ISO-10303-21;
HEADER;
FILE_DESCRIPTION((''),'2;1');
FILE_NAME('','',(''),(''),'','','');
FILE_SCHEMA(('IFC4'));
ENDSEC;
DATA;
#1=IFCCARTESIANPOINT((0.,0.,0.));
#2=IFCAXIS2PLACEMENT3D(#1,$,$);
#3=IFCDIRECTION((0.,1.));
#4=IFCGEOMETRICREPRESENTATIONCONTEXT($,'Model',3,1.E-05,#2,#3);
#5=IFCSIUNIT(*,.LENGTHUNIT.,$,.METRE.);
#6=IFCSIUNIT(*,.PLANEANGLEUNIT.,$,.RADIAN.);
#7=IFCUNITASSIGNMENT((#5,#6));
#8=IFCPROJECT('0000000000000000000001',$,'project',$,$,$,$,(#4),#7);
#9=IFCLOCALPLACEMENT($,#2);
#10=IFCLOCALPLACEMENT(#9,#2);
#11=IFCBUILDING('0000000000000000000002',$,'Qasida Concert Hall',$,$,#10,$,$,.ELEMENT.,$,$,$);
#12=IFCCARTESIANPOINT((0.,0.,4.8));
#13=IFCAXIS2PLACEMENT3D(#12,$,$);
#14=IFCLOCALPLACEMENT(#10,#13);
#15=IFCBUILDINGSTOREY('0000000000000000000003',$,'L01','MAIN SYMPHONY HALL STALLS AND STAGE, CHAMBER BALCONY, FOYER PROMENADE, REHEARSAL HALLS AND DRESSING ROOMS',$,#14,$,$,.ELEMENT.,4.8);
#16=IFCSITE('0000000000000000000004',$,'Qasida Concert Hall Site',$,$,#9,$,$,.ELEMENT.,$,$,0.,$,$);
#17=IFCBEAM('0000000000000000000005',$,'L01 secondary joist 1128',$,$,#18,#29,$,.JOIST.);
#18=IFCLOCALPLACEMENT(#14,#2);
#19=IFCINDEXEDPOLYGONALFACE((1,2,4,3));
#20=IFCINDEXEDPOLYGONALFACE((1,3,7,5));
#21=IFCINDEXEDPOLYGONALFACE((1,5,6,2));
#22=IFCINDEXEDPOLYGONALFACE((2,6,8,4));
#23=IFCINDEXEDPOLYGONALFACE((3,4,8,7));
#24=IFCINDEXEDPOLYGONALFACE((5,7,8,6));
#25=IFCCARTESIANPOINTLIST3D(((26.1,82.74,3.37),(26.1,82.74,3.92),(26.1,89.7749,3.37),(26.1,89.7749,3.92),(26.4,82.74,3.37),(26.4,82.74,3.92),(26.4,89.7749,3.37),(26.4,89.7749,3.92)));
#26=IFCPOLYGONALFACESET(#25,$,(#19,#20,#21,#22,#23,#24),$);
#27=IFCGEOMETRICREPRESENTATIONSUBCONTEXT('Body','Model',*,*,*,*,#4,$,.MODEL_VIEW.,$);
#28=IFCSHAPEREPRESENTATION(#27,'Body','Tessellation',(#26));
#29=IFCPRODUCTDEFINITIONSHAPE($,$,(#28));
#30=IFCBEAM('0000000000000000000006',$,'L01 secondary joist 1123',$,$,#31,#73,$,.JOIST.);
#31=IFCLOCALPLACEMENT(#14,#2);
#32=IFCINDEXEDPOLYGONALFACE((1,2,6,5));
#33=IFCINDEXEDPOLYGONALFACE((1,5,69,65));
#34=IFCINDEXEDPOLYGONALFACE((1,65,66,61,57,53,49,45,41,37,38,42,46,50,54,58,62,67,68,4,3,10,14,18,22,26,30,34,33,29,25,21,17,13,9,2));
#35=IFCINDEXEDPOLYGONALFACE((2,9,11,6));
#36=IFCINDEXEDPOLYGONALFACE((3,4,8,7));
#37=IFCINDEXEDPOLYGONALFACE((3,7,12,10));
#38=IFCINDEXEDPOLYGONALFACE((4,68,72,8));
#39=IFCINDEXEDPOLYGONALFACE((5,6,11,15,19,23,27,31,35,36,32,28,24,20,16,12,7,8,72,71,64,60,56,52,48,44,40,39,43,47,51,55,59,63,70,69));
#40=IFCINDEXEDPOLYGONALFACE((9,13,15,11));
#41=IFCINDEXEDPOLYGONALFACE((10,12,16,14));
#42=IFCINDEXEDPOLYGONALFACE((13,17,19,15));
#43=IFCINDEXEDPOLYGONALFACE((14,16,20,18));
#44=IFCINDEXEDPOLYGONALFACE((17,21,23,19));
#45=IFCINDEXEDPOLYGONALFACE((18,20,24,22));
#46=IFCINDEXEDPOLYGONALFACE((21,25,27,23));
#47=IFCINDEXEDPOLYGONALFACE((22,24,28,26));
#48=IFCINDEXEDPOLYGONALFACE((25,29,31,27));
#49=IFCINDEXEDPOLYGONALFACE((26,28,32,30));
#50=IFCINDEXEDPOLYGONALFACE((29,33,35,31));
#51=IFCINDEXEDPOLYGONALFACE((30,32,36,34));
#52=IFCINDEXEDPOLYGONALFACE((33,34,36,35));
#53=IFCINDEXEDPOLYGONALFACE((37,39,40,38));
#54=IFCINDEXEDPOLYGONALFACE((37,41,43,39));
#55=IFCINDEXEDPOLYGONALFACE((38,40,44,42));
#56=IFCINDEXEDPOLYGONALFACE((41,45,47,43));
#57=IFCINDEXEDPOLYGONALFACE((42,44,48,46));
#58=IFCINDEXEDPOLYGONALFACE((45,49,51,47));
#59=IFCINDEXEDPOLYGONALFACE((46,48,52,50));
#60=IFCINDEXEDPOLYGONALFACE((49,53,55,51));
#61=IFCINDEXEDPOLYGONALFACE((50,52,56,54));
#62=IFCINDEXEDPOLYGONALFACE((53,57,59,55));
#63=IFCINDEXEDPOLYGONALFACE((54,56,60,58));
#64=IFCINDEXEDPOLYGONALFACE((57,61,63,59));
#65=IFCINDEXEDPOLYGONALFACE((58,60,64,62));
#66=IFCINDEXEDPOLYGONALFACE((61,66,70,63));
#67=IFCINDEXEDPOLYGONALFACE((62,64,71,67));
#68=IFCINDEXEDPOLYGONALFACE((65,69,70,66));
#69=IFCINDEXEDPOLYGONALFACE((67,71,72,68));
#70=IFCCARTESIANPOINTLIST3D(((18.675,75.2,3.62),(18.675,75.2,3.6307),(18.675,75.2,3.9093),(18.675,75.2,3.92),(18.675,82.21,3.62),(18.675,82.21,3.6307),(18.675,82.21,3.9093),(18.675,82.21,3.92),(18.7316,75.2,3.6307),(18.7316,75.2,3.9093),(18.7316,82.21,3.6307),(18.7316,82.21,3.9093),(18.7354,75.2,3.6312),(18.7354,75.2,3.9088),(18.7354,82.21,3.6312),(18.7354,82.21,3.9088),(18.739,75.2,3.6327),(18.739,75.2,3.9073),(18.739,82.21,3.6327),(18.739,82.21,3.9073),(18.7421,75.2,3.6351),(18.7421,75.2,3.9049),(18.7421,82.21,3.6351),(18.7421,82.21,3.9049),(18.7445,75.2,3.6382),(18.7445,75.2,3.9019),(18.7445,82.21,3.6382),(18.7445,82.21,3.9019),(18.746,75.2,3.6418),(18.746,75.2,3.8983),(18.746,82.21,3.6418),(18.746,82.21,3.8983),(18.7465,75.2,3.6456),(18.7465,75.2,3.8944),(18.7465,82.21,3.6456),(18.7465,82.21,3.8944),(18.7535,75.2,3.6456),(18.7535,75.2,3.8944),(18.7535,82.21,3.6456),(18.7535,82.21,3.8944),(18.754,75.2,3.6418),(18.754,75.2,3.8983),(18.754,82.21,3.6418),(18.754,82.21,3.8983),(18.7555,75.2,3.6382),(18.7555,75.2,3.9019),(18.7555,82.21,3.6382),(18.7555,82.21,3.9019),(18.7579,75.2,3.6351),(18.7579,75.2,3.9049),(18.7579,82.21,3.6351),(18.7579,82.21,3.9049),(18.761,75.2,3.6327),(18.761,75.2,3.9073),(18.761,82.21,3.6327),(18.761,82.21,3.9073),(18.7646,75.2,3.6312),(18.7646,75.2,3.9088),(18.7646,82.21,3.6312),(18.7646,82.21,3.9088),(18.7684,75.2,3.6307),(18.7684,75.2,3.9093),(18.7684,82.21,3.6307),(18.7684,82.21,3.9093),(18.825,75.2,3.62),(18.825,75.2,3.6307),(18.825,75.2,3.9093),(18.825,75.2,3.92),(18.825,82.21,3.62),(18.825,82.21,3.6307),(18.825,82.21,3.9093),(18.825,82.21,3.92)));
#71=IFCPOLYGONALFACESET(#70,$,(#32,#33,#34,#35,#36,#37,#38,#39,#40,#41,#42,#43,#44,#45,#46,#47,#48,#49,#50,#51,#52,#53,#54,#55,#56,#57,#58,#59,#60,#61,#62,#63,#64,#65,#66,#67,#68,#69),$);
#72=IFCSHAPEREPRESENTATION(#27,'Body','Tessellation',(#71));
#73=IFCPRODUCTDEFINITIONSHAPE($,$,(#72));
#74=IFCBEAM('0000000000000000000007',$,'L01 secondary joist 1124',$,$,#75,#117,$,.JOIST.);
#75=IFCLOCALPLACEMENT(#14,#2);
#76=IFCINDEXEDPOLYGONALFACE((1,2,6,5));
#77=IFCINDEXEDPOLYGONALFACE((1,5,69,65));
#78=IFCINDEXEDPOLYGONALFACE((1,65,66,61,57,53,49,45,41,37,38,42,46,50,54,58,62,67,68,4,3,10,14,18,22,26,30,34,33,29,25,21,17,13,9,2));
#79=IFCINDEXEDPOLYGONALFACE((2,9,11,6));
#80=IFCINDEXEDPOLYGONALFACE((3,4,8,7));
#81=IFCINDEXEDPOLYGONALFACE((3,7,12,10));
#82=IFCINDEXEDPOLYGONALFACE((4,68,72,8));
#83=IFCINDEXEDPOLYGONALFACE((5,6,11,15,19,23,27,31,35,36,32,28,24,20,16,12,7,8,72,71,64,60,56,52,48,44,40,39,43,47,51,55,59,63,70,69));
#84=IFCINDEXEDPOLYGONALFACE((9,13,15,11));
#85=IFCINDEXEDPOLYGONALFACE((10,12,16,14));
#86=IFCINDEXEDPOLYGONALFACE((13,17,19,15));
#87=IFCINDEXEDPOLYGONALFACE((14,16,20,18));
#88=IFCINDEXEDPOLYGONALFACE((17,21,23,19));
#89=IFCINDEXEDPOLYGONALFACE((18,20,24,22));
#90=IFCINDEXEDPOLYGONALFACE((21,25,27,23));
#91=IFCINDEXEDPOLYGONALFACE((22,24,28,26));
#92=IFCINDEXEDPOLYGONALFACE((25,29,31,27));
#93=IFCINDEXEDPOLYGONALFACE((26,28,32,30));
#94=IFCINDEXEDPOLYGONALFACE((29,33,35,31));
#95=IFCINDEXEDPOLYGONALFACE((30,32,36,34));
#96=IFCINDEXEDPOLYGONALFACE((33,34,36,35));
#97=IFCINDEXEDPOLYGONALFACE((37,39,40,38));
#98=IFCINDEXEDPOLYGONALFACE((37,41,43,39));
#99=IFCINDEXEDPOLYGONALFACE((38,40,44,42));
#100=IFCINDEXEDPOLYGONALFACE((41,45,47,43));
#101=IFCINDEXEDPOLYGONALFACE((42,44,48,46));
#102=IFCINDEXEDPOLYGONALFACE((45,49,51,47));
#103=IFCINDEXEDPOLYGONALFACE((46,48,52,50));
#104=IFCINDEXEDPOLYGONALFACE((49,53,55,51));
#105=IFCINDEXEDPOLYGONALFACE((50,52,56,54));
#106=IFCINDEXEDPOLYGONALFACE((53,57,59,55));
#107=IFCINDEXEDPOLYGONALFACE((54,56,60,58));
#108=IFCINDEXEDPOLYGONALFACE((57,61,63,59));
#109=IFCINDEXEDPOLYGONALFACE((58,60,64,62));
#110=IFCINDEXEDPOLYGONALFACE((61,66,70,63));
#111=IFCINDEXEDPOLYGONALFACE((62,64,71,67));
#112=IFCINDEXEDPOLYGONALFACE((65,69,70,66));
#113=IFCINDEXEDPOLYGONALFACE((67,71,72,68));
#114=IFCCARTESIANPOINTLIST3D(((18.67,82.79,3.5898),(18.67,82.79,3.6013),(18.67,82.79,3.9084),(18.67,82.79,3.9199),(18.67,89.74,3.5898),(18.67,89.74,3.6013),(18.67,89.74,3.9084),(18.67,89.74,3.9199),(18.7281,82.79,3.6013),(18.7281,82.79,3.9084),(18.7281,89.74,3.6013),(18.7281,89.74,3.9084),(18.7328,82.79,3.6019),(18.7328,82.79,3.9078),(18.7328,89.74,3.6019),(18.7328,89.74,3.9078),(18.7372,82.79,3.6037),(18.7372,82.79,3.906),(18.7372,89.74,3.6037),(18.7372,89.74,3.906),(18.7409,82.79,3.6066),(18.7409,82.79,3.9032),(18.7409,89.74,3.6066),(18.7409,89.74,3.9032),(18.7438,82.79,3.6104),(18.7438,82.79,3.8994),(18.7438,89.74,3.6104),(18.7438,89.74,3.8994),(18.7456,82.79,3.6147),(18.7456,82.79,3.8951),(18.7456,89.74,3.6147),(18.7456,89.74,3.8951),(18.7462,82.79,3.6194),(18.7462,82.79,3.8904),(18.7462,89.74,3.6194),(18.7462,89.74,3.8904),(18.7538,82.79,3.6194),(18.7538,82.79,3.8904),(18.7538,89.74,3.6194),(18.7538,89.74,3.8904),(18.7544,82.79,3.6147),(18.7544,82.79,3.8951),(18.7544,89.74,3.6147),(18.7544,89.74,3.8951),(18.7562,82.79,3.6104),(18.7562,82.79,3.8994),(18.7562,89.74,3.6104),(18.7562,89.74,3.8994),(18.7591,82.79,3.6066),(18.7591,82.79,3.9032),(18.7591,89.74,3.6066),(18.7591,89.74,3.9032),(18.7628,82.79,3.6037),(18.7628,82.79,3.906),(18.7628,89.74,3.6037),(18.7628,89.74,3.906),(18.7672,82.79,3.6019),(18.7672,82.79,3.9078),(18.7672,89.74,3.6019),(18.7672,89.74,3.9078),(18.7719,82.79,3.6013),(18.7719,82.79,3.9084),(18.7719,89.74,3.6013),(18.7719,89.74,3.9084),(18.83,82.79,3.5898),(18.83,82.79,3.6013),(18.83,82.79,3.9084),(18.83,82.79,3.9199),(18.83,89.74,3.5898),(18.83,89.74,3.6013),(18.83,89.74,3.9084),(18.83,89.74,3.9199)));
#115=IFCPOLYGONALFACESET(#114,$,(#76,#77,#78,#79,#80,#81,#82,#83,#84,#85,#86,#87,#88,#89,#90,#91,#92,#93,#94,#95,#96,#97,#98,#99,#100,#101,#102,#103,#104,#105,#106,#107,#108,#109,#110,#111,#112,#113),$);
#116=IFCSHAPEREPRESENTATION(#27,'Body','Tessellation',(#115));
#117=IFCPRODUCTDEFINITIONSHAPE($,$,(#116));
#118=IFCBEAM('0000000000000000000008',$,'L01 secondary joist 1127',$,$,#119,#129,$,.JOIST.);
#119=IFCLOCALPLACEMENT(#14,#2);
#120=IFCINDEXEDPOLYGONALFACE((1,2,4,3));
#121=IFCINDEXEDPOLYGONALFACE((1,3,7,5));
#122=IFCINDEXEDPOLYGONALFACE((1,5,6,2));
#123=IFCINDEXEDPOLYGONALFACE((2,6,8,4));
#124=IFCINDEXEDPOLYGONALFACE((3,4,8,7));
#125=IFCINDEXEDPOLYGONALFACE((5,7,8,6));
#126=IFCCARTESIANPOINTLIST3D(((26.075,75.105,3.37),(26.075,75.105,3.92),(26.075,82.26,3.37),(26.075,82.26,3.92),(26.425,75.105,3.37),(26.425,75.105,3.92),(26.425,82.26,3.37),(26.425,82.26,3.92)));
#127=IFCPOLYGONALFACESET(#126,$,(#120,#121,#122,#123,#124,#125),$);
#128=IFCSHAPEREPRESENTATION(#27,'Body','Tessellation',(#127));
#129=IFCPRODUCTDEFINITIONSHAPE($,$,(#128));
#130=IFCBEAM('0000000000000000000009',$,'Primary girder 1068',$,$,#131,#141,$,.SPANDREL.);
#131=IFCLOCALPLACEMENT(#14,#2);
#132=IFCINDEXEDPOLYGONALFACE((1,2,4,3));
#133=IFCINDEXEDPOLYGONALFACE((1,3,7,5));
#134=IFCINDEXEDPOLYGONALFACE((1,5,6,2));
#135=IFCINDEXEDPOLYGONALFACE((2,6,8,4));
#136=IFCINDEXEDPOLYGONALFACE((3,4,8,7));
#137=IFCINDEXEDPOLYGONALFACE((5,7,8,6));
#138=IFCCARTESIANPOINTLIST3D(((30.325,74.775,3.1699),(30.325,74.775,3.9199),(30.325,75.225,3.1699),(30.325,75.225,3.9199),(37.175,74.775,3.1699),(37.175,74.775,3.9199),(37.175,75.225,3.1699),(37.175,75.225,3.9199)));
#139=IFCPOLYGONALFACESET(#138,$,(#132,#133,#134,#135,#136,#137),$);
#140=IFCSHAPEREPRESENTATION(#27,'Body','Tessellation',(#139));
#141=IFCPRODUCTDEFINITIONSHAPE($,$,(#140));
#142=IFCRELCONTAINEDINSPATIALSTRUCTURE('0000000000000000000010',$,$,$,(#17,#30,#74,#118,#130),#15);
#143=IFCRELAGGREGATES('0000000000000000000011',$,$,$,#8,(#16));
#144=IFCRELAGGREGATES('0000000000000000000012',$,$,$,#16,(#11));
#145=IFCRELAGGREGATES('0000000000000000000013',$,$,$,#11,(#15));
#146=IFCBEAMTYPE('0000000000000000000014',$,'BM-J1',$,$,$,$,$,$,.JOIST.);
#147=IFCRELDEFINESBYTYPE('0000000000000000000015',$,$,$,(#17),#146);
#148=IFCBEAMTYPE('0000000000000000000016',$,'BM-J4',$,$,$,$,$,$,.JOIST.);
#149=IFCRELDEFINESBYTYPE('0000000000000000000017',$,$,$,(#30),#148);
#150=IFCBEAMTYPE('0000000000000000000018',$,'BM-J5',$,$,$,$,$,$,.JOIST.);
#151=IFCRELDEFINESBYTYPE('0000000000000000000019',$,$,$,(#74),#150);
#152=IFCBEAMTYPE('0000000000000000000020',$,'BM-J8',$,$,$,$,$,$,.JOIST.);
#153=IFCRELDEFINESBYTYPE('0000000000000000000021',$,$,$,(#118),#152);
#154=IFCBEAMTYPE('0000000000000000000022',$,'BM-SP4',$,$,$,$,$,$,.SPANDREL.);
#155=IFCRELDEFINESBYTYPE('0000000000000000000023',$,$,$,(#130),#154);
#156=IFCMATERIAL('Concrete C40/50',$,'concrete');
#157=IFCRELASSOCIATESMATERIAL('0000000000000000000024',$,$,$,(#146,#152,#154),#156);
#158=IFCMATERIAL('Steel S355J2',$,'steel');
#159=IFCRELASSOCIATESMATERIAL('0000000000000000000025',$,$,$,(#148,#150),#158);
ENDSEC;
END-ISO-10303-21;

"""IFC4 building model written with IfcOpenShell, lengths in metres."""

from ifc_helpers import new_model, si_unit, direction, frame, origin, origin_2d, place, context, subcontext, project, spatial, rectangle, i_section, extrude, material, material_profile, profile_set, type_object, element, save


model = new_model("IFC4")

# Units and contexts
model_context = context("Model", 3, precision=1e-05, world=origin(), true_north=direction((0.0, 1.0)))
body_context = subcontext(model_context, "Body", "Model", "MODEL_VIEW")
ifc_project = project(units=[si_unit("LENGTHUNIT", "METRE"), si_unit("PLANEANGLEUNIT", "RADIAN")], contexts=[model_context])

# Site, building, storey
site_placement = place(None, origin())
site = spatial("IfcSite", under=ifc_project, at=site_placement, Name="Qasida Concert Hall Site", CompositionType="ELEMENT", RefElevation=0.0)
building_placement = place(site_placement, origin())
building = spatial("IfcBuilding", under=site, at=building_placement, Name="Qasida Concert Hall", CompositionType="ELEMENT")
storey_placement = place(building_placement, frame((0.0, 0.0, 4.8)))
storey = spatial("IfcBuildingStorey", under=building, at=storey_placement, Name="L01", Description="MAIN SYMPHONY HALL STALLS AND STAGE, CHAMBER BALCONY, FOYER PROMENADE, REHEARSAL HALLS AND DRESSING ROOMS", CompositionType="ELEMENT", Elevation=4.8)

# Beams
ifc_material_1 = material(Name="Concrete C40/50", Category="concrete")
ifc_material_2 = material(Name="Steel S355J2", Category="steel")
ifc_material_profile_1 = material_profile(ifc_material_1, rectangle(XDim=0.3, YDim=0.55, at=origin_2d()), Name="RC 300x550")
ifc_profile_set_1 = profile_set([ifc_material_profile_1], Name="Concrete C40/50")
beam_type_1 = type_object("IfcBeamType", Name="BM-J1", PredefinedType="JOIST", material=ifc_profile_set_1)
beam_1_placement = place(storey_placement, frame((26.25, 82.74, 3.645), z_axis=(0.0, 1.0, 0.0), x_axis=(-1.0, 0.0, 0.0)))
element("IfcBeam", 1, at=beam_1_placement, inside=storey, type_object=beam_type_1, Name="L01 secondary joist 1128", PredefinedType="JOIST", context=body_context, shape_type="SweptSolid", body=[
    extrude(rectangle(XDim=0.3, YDim=0.55, at=origin_2d()), origin(), (0.0, 0.0, 1.0), 7.0349),
])
ifc_material_profile_2 = material_profile(ifc_material_2, i_section(OverallWidth=0.1499, OverallDepth=0.3, WebThickness=0.0071, FlangeThickness=0.0107, FilletRadius=0.0149, at=origin_2d()), Name="IPE 300")
ifc_profile_set_2 = profile_set([ifc_material_profile_2], Name="Steel S355J2")
beam_type_2 = type_object("IfcBeamType", Name="BM-J4", PredefinedType="JOIST", material=ifc_profile_set_2)
beam_2_placement = place(storey_placement, frame((18.75, 75.2, 3.77), z_axis=(0.0, 1.0, 0.0), x_axis=(-1.0, 0.0, 0.0)))
element("IfcBeam", 2, at=beam_2_placement, inside=storey, type_object=beam_type_2, Name="L01 secondary joist 1123", PredefinedType="JOIST", context=body_context, shape_type="SweptSolid", body=[
    extrude(i_section(OverallWidth=0.1499, OverallDepth=0.3, WebThickness=0.0071, FlangeThickness=0.0107, FilletRadius=0.0149, at=origin_2d()), origin(), (0.0, 0.0, 1.0), 7.01),
])
ifc_material_profile_3 = material_profile(ifc_material_2, i_section(OverallWidth=0.1599, OverallDepth=0.3301, WebThickness=0.0076, FlangeThickness=0.0115, FilletRadius=0.0181, at=origin_2d()), Name="IPE 330")
ifc_profile_set_3 = profile_set([ifc_material_profile_3], Name="Steel S355J2")
beam_type_3 = type_object("IfcBeamType", Name="BM-J5", PredefinedType="JOIST", material=ifc_profile_set_3)
beam_3_placement = place(storey_placement, frame((18.75, 82.79, 3.7549), z_axis=(0.0, 1.0, 0.0), x_axis=(-1.0, 0.0, 0.0)))
element("IfcBeam", 3, at=beam_3_placement, inside=storey, type_object=beam_type_3, Name="L01 secondary joist 1124", PredefinedType="JOIST", context=body_context, shape_type="SweptSolid", body=[
    extrude(i_section(OverallWidth=0.1599, OverallDepth=0.3301, WebThickness=0.0076, FlangeThickness=0.0115, FilletRadius=0.0181, at=origin_2d()), origin(), (0.0, 0.0, 1.0), 6.95),
])
ifc_material_profile_4 = material_profile(ifc_material_1, rectangle(XDim=0.3501, YDim=0.55, at=origin_2d()), Name="RC 350x550")
ifc_profile_set_4 = profile_set([ifc_material_profile_4], Name="Concrete C40/50")
beam_type_4 = type_object("IfcBeamType", Name="BM-J8", PredefinedType="JOIST", material=ifc_profile_set_4)
beam_4_placement = place(storey_placement, frame((26.25, 75.105, 3.645), z_axis=(0.0, 1.0, 0.0), x_axis=(-1.0, 0.0, 0.0)))
element("IfcBeam", 4, at=beam_4_placement, inside=storey, type_object=beam_type_4, Name="L01 secondary joist 1127", PredefinedType="JOIST", context=body_context, shape_type="SweptSolid", body=[
    extrude(rectangle(XDim=0.3501, YDim=0.55, at=origin_2d()), origin(), (0.0, 0.0, 1.0), 7.155),
])
ifc_material_profile_5 = material_profile(ifc_material_1, rectangle(XDim=0.45, YDim=0.75, at=origin_2d()), Name="RC 450x750")
ifc_profile_set_5 = profile_set([ifc_material_profile_5], Name="Concrete C40/50")
beam_type_5 = type_object("IfcBeamType", Name="BM-SP4", PredefinedType="SPANDREL", material=ifc_profile_set_5)
beam_5_placement = place(storey_placement, frame((30.325, 75.0, 3.5449), z_axis=(1.0, 0.0, 0.0), x_axis=(0.0, 1.0, 0.0)))
element("IfcBeam", 5, at=beam_5_placement, inside=storey, type_object=beam_type_5, Name="Primary girder 1068", PredefinedType="SPANDREL", context=body_context, shape_type="SweptSolid", body=[
    extrude(rectangle(XDim=0.45, YDim=0.75, at=origin_2d()), origin(), (0.0, 0.0, 1.0), 6.8501),
])

save(model, "model.ifc")
